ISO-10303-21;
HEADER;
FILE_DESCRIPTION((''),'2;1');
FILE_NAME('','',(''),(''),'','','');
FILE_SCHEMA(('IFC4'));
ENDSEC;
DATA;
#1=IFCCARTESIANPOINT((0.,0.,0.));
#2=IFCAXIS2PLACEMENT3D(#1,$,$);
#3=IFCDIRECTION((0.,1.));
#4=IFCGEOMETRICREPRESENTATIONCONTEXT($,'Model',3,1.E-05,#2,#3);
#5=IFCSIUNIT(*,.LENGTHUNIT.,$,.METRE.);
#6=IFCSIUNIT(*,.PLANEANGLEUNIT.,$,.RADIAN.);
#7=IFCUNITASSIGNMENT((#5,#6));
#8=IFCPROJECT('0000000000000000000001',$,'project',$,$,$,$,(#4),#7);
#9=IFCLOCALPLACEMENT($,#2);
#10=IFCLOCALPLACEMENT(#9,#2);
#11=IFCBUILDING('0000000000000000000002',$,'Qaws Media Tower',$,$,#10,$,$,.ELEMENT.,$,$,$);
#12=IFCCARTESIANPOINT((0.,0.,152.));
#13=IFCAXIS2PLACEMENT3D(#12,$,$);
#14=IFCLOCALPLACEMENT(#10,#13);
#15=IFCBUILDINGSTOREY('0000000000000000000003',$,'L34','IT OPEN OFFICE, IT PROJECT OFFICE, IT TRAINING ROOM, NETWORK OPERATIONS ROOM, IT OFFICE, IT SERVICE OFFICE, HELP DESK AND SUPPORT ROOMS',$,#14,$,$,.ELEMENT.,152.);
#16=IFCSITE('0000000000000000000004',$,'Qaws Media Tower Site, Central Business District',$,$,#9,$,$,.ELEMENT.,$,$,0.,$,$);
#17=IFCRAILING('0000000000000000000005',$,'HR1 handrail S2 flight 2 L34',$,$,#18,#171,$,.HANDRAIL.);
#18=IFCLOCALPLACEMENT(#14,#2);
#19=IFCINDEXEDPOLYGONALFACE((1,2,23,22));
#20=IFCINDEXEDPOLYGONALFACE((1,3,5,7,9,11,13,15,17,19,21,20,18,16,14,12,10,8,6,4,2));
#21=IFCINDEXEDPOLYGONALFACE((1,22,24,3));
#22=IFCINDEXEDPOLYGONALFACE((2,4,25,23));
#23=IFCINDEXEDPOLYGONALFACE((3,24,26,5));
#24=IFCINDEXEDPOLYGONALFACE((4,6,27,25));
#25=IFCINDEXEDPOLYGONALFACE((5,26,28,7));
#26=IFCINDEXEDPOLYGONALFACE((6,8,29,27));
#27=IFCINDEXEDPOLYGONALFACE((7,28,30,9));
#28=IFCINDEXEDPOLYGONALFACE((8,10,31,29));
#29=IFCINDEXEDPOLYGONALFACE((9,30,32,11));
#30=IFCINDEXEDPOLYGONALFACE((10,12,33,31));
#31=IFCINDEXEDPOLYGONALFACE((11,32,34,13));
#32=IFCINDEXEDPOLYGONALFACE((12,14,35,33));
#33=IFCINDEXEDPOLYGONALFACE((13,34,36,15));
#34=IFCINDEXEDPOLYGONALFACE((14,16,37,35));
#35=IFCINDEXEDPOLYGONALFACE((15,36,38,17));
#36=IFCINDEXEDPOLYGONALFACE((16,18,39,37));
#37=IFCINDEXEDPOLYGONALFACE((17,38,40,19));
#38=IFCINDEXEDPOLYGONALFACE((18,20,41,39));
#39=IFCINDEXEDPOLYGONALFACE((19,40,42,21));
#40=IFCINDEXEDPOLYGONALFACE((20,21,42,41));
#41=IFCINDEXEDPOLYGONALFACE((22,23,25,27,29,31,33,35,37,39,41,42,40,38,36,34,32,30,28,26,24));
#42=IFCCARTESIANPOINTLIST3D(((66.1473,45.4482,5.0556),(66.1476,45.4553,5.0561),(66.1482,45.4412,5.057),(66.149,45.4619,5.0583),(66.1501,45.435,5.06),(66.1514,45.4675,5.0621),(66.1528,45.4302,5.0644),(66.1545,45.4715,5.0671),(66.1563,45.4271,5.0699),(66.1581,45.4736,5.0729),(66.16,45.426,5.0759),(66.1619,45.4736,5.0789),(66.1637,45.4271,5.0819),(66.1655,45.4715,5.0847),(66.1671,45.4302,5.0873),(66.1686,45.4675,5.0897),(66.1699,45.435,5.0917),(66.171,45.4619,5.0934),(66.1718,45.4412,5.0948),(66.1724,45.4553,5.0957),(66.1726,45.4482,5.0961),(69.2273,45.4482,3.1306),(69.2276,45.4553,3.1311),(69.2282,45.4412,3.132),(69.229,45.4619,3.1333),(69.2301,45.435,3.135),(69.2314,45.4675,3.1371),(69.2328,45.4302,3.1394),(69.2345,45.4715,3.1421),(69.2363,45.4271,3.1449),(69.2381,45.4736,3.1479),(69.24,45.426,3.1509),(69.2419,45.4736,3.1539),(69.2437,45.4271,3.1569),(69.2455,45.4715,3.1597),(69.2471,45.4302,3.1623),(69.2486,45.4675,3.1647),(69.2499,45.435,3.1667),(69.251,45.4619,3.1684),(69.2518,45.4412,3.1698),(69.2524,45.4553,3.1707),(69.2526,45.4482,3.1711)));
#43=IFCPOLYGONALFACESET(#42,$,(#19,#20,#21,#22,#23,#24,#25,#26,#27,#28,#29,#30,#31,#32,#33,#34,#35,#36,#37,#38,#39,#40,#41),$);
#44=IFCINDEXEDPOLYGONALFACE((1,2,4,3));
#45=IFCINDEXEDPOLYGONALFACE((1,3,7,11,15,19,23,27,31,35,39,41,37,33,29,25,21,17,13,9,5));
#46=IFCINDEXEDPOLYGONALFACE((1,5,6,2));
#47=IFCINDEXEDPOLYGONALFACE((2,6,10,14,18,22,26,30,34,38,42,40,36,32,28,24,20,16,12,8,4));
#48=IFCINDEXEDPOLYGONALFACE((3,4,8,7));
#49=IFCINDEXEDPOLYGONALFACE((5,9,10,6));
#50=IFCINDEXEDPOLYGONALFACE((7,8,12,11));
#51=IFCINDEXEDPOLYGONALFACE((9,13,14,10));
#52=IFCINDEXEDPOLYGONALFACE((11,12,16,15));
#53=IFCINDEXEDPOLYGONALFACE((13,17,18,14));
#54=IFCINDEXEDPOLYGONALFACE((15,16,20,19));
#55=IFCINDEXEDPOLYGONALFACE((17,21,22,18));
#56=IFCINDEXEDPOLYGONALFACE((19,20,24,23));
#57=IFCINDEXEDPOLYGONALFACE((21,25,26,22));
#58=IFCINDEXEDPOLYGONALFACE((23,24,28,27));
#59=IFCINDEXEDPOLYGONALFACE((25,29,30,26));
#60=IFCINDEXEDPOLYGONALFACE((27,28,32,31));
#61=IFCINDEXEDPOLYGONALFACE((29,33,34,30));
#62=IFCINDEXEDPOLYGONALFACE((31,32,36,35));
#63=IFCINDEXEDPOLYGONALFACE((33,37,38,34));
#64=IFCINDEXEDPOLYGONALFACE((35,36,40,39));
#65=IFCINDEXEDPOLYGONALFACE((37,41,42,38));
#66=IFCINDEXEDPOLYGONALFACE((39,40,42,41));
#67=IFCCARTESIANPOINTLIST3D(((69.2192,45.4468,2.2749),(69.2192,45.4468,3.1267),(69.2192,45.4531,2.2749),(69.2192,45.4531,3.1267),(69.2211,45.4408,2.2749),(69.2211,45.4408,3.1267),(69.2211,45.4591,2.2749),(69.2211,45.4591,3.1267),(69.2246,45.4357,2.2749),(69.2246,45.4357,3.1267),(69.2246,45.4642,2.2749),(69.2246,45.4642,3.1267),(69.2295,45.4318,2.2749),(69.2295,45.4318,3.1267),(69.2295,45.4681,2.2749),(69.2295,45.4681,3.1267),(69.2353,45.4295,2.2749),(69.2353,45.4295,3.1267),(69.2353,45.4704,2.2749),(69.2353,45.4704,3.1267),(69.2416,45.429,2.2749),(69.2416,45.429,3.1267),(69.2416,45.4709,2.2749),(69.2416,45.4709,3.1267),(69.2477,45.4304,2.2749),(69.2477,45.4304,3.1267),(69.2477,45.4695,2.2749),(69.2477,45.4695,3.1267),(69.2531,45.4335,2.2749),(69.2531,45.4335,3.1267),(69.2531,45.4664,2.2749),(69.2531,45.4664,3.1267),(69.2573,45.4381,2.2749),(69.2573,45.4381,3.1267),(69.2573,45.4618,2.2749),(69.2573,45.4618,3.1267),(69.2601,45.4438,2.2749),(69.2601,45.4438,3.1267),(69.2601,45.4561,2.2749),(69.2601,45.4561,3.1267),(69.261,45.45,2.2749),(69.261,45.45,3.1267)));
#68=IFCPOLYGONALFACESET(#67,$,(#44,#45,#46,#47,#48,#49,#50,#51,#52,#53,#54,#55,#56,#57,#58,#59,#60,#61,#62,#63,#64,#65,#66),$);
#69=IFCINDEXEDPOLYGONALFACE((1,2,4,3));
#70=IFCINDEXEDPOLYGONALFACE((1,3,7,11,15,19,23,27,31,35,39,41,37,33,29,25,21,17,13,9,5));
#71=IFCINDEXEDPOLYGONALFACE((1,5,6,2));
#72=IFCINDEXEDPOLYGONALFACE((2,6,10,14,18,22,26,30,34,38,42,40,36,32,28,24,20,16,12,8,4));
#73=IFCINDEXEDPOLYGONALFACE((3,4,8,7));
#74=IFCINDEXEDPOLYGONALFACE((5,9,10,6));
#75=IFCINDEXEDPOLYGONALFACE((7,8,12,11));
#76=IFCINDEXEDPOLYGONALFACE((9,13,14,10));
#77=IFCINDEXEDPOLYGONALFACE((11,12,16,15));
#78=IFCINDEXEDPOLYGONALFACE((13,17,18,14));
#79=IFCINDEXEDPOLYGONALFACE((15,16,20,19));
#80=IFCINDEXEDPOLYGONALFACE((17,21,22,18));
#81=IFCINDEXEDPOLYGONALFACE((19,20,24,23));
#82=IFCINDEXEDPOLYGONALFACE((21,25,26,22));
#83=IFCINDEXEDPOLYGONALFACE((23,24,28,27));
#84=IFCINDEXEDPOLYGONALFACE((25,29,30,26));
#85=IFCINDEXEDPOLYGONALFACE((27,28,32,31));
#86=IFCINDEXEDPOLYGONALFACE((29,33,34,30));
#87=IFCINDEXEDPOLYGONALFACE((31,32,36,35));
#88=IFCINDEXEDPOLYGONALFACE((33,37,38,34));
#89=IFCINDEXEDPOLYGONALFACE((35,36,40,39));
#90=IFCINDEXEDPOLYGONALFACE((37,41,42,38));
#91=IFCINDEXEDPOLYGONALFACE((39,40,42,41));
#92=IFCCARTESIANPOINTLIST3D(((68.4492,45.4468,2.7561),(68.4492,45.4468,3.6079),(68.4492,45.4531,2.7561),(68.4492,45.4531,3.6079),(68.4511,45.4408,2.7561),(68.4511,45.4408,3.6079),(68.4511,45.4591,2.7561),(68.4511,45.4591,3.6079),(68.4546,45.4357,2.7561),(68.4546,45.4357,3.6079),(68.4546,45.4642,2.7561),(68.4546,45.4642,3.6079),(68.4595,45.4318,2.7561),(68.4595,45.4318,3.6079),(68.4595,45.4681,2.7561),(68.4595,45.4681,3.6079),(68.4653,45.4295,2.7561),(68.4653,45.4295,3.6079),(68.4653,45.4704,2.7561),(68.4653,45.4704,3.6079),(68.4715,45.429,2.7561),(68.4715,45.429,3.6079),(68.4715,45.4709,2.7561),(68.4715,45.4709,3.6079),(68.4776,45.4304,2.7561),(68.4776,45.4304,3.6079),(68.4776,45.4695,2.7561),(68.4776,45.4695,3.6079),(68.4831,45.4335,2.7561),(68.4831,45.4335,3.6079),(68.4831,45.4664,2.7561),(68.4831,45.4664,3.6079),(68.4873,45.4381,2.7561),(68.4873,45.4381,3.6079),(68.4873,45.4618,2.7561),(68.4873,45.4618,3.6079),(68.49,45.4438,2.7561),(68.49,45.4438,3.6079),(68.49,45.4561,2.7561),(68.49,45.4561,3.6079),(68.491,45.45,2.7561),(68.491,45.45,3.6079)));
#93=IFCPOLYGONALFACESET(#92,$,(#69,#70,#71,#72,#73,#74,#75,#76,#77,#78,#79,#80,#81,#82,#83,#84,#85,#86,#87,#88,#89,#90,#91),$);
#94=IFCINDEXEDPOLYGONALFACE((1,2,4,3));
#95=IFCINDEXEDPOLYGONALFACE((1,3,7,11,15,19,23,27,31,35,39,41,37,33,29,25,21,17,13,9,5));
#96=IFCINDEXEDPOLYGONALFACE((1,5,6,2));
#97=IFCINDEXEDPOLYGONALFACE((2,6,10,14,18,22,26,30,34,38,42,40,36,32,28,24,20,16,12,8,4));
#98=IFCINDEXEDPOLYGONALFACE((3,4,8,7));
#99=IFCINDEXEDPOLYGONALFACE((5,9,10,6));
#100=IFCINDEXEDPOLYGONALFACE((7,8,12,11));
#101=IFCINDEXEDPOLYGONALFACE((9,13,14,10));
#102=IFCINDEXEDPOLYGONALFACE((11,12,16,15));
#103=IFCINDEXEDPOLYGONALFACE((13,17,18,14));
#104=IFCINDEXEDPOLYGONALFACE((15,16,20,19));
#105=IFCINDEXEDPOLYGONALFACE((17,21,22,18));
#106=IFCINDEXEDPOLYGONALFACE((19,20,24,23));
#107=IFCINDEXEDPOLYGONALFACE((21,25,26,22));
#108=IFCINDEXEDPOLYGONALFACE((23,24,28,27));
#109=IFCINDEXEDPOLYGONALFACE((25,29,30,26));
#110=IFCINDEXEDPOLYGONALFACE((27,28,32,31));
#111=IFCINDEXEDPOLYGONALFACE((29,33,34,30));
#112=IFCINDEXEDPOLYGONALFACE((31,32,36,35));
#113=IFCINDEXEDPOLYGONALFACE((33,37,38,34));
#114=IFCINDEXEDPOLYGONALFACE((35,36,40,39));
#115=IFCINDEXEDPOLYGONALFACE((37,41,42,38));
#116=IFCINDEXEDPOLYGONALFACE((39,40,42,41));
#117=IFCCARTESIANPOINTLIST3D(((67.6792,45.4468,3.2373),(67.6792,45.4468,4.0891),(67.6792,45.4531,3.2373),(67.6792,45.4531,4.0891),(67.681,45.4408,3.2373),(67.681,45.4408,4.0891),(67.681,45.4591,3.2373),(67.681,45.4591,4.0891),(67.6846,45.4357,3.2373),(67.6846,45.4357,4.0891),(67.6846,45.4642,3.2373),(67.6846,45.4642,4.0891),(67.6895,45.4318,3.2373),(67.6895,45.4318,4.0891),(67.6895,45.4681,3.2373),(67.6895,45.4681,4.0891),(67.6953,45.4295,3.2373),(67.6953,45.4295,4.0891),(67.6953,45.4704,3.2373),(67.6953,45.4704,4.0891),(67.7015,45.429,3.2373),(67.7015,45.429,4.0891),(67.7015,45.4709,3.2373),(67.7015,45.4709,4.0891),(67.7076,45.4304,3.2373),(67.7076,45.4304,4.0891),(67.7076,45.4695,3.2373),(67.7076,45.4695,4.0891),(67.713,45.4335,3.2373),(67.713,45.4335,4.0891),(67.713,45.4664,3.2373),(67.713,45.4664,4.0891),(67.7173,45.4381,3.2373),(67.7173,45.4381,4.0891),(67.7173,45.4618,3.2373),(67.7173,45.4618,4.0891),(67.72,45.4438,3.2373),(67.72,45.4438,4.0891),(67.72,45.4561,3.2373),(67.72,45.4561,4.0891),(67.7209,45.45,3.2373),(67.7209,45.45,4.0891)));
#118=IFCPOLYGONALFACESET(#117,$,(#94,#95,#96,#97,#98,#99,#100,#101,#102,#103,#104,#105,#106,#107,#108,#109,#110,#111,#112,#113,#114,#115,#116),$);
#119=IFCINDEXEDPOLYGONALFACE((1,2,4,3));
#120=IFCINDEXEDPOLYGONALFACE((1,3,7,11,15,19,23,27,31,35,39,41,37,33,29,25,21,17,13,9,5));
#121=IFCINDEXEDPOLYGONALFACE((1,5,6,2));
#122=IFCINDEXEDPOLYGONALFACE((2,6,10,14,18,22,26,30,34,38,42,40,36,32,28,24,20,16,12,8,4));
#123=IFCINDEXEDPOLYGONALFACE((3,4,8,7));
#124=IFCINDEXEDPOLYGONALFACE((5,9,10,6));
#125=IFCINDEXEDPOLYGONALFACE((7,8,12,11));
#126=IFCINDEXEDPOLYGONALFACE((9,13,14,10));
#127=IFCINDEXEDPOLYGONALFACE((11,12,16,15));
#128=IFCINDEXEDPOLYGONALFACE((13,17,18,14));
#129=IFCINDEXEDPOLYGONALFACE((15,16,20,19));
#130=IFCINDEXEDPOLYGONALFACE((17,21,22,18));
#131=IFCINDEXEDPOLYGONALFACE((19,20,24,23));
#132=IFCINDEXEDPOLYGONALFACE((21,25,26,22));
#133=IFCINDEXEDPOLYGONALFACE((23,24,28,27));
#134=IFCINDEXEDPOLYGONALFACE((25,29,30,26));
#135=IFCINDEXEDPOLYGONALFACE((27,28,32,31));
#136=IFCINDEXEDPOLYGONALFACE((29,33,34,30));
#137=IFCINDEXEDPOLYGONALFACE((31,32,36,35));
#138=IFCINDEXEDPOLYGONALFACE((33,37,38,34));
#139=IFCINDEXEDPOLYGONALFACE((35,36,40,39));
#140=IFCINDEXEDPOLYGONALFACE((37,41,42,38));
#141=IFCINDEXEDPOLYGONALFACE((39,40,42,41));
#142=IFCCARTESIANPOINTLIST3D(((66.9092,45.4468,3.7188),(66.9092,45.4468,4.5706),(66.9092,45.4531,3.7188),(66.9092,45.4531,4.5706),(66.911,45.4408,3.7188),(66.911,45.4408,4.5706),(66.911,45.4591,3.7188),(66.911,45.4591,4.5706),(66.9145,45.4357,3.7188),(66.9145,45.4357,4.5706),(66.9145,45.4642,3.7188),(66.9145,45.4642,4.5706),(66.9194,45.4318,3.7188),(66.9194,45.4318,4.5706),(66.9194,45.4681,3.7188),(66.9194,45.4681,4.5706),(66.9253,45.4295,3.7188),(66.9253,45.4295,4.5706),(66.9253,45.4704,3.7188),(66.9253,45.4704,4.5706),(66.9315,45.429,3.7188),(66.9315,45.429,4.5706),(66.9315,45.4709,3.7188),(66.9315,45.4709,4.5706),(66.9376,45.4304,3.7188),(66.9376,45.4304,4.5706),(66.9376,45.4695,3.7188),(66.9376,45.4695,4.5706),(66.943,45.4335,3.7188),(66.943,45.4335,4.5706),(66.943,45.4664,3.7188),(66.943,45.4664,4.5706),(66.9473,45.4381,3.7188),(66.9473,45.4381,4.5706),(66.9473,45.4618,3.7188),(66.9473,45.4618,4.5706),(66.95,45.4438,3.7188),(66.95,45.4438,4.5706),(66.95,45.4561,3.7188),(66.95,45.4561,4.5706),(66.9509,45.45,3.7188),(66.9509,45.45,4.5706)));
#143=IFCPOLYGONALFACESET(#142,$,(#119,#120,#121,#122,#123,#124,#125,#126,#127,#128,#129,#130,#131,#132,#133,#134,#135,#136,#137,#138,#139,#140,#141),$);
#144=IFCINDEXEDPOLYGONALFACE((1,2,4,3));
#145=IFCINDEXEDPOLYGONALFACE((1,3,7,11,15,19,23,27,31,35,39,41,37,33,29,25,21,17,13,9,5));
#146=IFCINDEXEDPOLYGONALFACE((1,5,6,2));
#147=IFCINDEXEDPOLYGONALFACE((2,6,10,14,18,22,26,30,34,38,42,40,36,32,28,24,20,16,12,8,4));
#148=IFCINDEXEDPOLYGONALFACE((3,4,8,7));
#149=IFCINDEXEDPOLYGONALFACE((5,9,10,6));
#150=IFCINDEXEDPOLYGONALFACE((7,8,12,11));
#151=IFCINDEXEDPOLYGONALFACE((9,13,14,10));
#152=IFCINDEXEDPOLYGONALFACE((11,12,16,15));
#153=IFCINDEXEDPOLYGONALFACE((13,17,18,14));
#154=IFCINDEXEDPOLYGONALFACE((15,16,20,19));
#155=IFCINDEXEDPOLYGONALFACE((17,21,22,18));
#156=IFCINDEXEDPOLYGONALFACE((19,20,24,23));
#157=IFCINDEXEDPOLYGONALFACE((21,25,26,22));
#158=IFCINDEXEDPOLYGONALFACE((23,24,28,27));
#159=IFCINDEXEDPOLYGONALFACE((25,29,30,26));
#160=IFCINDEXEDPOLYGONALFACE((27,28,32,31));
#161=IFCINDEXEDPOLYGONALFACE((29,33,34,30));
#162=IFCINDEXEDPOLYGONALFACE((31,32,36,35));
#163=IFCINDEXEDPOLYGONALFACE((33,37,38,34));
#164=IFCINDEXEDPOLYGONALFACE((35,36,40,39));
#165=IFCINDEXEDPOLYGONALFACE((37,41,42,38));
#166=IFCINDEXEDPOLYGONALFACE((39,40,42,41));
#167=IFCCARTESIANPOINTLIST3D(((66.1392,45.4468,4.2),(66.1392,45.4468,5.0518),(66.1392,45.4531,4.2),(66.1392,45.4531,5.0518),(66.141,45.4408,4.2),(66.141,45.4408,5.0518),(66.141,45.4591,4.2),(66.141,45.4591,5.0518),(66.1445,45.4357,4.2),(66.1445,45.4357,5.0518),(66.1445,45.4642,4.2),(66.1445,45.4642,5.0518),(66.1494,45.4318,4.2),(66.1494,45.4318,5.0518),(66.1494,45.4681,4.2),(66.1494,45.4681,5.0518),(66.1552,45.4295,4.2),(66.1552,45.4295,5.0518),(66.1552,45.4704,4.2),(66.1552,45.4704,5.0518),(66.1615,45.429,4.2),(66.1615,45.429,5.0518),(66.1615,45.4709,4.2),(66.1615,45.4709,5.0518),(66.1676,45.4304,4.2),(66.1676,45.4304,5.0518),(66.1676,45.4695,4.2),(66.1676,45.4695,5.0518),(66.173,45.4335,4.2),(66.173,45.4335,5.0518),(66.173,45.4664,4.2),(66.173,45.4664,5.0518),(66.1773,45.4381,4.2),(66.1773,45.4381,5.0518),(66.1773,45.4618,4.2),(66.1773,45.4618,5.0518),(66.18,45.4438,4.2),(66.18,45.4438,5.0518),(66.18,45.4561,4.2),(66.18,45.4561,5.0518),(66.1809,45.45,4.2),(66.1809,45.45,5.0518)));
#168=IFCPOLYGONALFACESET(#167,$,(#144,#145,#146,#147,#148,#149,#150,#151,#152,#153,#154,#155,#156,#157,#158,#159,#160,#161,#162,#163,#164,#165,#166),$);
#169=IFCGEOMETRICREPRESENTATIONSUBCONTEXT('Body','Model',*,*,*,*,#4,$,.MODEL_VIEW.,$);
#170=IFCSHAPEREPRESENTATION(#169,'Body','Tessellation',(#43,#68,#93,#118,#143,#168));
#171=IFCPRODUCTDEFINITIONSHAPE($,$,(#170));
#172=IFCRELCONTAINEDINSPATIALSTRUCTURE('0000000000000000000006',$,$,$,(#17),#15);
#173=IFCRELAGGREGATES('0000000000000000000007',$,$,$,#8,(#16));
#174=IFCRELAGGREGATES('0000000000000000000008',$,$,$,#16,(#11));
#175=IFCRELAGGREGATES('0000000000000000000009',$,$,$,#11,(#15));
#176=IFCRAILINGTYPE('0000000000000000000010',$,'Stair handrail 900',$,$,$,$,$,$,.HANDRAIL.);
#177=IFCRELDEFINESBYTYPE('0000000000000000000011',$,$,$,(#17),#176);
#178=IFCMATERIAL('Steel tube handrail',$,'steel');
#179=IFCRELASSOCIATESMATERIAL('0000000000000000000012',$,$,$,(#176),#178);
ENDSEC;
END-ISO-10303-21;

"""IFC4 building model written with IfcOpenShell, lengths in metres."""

from ifc_helpers import new_model, si_unit, direction, frame, origin, origin_2d, place, context, subcontext, project, spatial, circle, extrude, material, type_object, element, save


model = new_model("IFC4")

# Units and contexts
model_context = context("Model", 3, precision=1e-05, world=origin(), true_north=direction((0.0, 1.0)))
body_context = subcontext(model_context, "Body", "Model", "MODEL_VIEW")
ifc_project = project(units=[si_unit("LENGTHUNIT", "METRE"), si_unit("PLANEANGLEUNIT", "RADIAN")], contexts=[model_context])

# Site, building, storey
site_placement = place(None, origin())
site = spatial("IfcSite", under=ifc_project, at=site_placement, Name="Qaws Media Tower Site, Central Business District", CompositionType="ELEMENT", RefElevation=0.0)
building_placement = place(site_placement, origin())
building = spatial("IfcBuilding", under=site, at=building_placement, Name="Qaws Media Tower", CompositionType="ELEMENT")
storey_placement = place(building_placement, frame((0.0, 0.0, 152.0)))
storey = spatial("IfcBuildingStorey", under=building, at=storey_placement, Name="L34", Description="IT OPEN OFFICE, IT PROJECT OFFICE, IT TRAINING ROOM, NETWORK OPERATIONS ROOM, IT OFFICE, IT SERVICE OFFICE, HELP DESK AND SUPPORT ROOMS", CompositionType="ELEMENT", Elevation=152.0)

# Railing
ifc_material_1 = material(Name="Steel tube handrail", Category="steel")
railing_type = type_object("IfcRailingType", Name="Stair handrail 900", PredefinedType="HANDRAIL", material=ifc_material_1)
for number, where, name in (
    (1, (69.24, 45.45, 2.2749), "HR1 handrail S2 flight 2 L34"),
):
    element("IfcRailing", number, at=place(storey_placement, frame(where)), inside=storey, type_object=railing_type, Name=name, PredefinedType="HANDRAIL", context=body_context, shape_type="SweptSolid", body=[
        extrude(circle(Radius=0.0239, at=origin_2d()), frame((0.0, 0.0, 0.876), z_axis=(-0.847998, 0.0, 0.529999), x_axis=(0.0, -1.0, 0.0)), (0.0, 0.0, 1.0), 3.6321),
        extrude(circle(Radius=0.021, at=origin_2d()), origin(), (0.0, 0.0, 1.0), 0.8518),
        extrude(circle(Radius=0.021, at=origin_2d()), frame((-0.77, 0.0, 0.4812)), (0.0, 0.0, 1.0), 0.8518),
        extrude(circle(Radius=0.021, at=origin_2d()), frame((-1.54, 0.0, 0.9624)), (0.0, 0.0, 1.0), 0.8518),
        extrude(circle(Radius=0.021, at=origin_2d()), frame((-2.3101, 0.0, 1.4438)), (0.0, 0.0, 1.0), 0.8518),
        extrude(circle(Radius=0.021, at=origin_2d()), frame((-3.0801, 0.0, 1.925)), (0.0, 0.0, 1.0), 0.8518),
    ])

save(model, "model.ifc")
